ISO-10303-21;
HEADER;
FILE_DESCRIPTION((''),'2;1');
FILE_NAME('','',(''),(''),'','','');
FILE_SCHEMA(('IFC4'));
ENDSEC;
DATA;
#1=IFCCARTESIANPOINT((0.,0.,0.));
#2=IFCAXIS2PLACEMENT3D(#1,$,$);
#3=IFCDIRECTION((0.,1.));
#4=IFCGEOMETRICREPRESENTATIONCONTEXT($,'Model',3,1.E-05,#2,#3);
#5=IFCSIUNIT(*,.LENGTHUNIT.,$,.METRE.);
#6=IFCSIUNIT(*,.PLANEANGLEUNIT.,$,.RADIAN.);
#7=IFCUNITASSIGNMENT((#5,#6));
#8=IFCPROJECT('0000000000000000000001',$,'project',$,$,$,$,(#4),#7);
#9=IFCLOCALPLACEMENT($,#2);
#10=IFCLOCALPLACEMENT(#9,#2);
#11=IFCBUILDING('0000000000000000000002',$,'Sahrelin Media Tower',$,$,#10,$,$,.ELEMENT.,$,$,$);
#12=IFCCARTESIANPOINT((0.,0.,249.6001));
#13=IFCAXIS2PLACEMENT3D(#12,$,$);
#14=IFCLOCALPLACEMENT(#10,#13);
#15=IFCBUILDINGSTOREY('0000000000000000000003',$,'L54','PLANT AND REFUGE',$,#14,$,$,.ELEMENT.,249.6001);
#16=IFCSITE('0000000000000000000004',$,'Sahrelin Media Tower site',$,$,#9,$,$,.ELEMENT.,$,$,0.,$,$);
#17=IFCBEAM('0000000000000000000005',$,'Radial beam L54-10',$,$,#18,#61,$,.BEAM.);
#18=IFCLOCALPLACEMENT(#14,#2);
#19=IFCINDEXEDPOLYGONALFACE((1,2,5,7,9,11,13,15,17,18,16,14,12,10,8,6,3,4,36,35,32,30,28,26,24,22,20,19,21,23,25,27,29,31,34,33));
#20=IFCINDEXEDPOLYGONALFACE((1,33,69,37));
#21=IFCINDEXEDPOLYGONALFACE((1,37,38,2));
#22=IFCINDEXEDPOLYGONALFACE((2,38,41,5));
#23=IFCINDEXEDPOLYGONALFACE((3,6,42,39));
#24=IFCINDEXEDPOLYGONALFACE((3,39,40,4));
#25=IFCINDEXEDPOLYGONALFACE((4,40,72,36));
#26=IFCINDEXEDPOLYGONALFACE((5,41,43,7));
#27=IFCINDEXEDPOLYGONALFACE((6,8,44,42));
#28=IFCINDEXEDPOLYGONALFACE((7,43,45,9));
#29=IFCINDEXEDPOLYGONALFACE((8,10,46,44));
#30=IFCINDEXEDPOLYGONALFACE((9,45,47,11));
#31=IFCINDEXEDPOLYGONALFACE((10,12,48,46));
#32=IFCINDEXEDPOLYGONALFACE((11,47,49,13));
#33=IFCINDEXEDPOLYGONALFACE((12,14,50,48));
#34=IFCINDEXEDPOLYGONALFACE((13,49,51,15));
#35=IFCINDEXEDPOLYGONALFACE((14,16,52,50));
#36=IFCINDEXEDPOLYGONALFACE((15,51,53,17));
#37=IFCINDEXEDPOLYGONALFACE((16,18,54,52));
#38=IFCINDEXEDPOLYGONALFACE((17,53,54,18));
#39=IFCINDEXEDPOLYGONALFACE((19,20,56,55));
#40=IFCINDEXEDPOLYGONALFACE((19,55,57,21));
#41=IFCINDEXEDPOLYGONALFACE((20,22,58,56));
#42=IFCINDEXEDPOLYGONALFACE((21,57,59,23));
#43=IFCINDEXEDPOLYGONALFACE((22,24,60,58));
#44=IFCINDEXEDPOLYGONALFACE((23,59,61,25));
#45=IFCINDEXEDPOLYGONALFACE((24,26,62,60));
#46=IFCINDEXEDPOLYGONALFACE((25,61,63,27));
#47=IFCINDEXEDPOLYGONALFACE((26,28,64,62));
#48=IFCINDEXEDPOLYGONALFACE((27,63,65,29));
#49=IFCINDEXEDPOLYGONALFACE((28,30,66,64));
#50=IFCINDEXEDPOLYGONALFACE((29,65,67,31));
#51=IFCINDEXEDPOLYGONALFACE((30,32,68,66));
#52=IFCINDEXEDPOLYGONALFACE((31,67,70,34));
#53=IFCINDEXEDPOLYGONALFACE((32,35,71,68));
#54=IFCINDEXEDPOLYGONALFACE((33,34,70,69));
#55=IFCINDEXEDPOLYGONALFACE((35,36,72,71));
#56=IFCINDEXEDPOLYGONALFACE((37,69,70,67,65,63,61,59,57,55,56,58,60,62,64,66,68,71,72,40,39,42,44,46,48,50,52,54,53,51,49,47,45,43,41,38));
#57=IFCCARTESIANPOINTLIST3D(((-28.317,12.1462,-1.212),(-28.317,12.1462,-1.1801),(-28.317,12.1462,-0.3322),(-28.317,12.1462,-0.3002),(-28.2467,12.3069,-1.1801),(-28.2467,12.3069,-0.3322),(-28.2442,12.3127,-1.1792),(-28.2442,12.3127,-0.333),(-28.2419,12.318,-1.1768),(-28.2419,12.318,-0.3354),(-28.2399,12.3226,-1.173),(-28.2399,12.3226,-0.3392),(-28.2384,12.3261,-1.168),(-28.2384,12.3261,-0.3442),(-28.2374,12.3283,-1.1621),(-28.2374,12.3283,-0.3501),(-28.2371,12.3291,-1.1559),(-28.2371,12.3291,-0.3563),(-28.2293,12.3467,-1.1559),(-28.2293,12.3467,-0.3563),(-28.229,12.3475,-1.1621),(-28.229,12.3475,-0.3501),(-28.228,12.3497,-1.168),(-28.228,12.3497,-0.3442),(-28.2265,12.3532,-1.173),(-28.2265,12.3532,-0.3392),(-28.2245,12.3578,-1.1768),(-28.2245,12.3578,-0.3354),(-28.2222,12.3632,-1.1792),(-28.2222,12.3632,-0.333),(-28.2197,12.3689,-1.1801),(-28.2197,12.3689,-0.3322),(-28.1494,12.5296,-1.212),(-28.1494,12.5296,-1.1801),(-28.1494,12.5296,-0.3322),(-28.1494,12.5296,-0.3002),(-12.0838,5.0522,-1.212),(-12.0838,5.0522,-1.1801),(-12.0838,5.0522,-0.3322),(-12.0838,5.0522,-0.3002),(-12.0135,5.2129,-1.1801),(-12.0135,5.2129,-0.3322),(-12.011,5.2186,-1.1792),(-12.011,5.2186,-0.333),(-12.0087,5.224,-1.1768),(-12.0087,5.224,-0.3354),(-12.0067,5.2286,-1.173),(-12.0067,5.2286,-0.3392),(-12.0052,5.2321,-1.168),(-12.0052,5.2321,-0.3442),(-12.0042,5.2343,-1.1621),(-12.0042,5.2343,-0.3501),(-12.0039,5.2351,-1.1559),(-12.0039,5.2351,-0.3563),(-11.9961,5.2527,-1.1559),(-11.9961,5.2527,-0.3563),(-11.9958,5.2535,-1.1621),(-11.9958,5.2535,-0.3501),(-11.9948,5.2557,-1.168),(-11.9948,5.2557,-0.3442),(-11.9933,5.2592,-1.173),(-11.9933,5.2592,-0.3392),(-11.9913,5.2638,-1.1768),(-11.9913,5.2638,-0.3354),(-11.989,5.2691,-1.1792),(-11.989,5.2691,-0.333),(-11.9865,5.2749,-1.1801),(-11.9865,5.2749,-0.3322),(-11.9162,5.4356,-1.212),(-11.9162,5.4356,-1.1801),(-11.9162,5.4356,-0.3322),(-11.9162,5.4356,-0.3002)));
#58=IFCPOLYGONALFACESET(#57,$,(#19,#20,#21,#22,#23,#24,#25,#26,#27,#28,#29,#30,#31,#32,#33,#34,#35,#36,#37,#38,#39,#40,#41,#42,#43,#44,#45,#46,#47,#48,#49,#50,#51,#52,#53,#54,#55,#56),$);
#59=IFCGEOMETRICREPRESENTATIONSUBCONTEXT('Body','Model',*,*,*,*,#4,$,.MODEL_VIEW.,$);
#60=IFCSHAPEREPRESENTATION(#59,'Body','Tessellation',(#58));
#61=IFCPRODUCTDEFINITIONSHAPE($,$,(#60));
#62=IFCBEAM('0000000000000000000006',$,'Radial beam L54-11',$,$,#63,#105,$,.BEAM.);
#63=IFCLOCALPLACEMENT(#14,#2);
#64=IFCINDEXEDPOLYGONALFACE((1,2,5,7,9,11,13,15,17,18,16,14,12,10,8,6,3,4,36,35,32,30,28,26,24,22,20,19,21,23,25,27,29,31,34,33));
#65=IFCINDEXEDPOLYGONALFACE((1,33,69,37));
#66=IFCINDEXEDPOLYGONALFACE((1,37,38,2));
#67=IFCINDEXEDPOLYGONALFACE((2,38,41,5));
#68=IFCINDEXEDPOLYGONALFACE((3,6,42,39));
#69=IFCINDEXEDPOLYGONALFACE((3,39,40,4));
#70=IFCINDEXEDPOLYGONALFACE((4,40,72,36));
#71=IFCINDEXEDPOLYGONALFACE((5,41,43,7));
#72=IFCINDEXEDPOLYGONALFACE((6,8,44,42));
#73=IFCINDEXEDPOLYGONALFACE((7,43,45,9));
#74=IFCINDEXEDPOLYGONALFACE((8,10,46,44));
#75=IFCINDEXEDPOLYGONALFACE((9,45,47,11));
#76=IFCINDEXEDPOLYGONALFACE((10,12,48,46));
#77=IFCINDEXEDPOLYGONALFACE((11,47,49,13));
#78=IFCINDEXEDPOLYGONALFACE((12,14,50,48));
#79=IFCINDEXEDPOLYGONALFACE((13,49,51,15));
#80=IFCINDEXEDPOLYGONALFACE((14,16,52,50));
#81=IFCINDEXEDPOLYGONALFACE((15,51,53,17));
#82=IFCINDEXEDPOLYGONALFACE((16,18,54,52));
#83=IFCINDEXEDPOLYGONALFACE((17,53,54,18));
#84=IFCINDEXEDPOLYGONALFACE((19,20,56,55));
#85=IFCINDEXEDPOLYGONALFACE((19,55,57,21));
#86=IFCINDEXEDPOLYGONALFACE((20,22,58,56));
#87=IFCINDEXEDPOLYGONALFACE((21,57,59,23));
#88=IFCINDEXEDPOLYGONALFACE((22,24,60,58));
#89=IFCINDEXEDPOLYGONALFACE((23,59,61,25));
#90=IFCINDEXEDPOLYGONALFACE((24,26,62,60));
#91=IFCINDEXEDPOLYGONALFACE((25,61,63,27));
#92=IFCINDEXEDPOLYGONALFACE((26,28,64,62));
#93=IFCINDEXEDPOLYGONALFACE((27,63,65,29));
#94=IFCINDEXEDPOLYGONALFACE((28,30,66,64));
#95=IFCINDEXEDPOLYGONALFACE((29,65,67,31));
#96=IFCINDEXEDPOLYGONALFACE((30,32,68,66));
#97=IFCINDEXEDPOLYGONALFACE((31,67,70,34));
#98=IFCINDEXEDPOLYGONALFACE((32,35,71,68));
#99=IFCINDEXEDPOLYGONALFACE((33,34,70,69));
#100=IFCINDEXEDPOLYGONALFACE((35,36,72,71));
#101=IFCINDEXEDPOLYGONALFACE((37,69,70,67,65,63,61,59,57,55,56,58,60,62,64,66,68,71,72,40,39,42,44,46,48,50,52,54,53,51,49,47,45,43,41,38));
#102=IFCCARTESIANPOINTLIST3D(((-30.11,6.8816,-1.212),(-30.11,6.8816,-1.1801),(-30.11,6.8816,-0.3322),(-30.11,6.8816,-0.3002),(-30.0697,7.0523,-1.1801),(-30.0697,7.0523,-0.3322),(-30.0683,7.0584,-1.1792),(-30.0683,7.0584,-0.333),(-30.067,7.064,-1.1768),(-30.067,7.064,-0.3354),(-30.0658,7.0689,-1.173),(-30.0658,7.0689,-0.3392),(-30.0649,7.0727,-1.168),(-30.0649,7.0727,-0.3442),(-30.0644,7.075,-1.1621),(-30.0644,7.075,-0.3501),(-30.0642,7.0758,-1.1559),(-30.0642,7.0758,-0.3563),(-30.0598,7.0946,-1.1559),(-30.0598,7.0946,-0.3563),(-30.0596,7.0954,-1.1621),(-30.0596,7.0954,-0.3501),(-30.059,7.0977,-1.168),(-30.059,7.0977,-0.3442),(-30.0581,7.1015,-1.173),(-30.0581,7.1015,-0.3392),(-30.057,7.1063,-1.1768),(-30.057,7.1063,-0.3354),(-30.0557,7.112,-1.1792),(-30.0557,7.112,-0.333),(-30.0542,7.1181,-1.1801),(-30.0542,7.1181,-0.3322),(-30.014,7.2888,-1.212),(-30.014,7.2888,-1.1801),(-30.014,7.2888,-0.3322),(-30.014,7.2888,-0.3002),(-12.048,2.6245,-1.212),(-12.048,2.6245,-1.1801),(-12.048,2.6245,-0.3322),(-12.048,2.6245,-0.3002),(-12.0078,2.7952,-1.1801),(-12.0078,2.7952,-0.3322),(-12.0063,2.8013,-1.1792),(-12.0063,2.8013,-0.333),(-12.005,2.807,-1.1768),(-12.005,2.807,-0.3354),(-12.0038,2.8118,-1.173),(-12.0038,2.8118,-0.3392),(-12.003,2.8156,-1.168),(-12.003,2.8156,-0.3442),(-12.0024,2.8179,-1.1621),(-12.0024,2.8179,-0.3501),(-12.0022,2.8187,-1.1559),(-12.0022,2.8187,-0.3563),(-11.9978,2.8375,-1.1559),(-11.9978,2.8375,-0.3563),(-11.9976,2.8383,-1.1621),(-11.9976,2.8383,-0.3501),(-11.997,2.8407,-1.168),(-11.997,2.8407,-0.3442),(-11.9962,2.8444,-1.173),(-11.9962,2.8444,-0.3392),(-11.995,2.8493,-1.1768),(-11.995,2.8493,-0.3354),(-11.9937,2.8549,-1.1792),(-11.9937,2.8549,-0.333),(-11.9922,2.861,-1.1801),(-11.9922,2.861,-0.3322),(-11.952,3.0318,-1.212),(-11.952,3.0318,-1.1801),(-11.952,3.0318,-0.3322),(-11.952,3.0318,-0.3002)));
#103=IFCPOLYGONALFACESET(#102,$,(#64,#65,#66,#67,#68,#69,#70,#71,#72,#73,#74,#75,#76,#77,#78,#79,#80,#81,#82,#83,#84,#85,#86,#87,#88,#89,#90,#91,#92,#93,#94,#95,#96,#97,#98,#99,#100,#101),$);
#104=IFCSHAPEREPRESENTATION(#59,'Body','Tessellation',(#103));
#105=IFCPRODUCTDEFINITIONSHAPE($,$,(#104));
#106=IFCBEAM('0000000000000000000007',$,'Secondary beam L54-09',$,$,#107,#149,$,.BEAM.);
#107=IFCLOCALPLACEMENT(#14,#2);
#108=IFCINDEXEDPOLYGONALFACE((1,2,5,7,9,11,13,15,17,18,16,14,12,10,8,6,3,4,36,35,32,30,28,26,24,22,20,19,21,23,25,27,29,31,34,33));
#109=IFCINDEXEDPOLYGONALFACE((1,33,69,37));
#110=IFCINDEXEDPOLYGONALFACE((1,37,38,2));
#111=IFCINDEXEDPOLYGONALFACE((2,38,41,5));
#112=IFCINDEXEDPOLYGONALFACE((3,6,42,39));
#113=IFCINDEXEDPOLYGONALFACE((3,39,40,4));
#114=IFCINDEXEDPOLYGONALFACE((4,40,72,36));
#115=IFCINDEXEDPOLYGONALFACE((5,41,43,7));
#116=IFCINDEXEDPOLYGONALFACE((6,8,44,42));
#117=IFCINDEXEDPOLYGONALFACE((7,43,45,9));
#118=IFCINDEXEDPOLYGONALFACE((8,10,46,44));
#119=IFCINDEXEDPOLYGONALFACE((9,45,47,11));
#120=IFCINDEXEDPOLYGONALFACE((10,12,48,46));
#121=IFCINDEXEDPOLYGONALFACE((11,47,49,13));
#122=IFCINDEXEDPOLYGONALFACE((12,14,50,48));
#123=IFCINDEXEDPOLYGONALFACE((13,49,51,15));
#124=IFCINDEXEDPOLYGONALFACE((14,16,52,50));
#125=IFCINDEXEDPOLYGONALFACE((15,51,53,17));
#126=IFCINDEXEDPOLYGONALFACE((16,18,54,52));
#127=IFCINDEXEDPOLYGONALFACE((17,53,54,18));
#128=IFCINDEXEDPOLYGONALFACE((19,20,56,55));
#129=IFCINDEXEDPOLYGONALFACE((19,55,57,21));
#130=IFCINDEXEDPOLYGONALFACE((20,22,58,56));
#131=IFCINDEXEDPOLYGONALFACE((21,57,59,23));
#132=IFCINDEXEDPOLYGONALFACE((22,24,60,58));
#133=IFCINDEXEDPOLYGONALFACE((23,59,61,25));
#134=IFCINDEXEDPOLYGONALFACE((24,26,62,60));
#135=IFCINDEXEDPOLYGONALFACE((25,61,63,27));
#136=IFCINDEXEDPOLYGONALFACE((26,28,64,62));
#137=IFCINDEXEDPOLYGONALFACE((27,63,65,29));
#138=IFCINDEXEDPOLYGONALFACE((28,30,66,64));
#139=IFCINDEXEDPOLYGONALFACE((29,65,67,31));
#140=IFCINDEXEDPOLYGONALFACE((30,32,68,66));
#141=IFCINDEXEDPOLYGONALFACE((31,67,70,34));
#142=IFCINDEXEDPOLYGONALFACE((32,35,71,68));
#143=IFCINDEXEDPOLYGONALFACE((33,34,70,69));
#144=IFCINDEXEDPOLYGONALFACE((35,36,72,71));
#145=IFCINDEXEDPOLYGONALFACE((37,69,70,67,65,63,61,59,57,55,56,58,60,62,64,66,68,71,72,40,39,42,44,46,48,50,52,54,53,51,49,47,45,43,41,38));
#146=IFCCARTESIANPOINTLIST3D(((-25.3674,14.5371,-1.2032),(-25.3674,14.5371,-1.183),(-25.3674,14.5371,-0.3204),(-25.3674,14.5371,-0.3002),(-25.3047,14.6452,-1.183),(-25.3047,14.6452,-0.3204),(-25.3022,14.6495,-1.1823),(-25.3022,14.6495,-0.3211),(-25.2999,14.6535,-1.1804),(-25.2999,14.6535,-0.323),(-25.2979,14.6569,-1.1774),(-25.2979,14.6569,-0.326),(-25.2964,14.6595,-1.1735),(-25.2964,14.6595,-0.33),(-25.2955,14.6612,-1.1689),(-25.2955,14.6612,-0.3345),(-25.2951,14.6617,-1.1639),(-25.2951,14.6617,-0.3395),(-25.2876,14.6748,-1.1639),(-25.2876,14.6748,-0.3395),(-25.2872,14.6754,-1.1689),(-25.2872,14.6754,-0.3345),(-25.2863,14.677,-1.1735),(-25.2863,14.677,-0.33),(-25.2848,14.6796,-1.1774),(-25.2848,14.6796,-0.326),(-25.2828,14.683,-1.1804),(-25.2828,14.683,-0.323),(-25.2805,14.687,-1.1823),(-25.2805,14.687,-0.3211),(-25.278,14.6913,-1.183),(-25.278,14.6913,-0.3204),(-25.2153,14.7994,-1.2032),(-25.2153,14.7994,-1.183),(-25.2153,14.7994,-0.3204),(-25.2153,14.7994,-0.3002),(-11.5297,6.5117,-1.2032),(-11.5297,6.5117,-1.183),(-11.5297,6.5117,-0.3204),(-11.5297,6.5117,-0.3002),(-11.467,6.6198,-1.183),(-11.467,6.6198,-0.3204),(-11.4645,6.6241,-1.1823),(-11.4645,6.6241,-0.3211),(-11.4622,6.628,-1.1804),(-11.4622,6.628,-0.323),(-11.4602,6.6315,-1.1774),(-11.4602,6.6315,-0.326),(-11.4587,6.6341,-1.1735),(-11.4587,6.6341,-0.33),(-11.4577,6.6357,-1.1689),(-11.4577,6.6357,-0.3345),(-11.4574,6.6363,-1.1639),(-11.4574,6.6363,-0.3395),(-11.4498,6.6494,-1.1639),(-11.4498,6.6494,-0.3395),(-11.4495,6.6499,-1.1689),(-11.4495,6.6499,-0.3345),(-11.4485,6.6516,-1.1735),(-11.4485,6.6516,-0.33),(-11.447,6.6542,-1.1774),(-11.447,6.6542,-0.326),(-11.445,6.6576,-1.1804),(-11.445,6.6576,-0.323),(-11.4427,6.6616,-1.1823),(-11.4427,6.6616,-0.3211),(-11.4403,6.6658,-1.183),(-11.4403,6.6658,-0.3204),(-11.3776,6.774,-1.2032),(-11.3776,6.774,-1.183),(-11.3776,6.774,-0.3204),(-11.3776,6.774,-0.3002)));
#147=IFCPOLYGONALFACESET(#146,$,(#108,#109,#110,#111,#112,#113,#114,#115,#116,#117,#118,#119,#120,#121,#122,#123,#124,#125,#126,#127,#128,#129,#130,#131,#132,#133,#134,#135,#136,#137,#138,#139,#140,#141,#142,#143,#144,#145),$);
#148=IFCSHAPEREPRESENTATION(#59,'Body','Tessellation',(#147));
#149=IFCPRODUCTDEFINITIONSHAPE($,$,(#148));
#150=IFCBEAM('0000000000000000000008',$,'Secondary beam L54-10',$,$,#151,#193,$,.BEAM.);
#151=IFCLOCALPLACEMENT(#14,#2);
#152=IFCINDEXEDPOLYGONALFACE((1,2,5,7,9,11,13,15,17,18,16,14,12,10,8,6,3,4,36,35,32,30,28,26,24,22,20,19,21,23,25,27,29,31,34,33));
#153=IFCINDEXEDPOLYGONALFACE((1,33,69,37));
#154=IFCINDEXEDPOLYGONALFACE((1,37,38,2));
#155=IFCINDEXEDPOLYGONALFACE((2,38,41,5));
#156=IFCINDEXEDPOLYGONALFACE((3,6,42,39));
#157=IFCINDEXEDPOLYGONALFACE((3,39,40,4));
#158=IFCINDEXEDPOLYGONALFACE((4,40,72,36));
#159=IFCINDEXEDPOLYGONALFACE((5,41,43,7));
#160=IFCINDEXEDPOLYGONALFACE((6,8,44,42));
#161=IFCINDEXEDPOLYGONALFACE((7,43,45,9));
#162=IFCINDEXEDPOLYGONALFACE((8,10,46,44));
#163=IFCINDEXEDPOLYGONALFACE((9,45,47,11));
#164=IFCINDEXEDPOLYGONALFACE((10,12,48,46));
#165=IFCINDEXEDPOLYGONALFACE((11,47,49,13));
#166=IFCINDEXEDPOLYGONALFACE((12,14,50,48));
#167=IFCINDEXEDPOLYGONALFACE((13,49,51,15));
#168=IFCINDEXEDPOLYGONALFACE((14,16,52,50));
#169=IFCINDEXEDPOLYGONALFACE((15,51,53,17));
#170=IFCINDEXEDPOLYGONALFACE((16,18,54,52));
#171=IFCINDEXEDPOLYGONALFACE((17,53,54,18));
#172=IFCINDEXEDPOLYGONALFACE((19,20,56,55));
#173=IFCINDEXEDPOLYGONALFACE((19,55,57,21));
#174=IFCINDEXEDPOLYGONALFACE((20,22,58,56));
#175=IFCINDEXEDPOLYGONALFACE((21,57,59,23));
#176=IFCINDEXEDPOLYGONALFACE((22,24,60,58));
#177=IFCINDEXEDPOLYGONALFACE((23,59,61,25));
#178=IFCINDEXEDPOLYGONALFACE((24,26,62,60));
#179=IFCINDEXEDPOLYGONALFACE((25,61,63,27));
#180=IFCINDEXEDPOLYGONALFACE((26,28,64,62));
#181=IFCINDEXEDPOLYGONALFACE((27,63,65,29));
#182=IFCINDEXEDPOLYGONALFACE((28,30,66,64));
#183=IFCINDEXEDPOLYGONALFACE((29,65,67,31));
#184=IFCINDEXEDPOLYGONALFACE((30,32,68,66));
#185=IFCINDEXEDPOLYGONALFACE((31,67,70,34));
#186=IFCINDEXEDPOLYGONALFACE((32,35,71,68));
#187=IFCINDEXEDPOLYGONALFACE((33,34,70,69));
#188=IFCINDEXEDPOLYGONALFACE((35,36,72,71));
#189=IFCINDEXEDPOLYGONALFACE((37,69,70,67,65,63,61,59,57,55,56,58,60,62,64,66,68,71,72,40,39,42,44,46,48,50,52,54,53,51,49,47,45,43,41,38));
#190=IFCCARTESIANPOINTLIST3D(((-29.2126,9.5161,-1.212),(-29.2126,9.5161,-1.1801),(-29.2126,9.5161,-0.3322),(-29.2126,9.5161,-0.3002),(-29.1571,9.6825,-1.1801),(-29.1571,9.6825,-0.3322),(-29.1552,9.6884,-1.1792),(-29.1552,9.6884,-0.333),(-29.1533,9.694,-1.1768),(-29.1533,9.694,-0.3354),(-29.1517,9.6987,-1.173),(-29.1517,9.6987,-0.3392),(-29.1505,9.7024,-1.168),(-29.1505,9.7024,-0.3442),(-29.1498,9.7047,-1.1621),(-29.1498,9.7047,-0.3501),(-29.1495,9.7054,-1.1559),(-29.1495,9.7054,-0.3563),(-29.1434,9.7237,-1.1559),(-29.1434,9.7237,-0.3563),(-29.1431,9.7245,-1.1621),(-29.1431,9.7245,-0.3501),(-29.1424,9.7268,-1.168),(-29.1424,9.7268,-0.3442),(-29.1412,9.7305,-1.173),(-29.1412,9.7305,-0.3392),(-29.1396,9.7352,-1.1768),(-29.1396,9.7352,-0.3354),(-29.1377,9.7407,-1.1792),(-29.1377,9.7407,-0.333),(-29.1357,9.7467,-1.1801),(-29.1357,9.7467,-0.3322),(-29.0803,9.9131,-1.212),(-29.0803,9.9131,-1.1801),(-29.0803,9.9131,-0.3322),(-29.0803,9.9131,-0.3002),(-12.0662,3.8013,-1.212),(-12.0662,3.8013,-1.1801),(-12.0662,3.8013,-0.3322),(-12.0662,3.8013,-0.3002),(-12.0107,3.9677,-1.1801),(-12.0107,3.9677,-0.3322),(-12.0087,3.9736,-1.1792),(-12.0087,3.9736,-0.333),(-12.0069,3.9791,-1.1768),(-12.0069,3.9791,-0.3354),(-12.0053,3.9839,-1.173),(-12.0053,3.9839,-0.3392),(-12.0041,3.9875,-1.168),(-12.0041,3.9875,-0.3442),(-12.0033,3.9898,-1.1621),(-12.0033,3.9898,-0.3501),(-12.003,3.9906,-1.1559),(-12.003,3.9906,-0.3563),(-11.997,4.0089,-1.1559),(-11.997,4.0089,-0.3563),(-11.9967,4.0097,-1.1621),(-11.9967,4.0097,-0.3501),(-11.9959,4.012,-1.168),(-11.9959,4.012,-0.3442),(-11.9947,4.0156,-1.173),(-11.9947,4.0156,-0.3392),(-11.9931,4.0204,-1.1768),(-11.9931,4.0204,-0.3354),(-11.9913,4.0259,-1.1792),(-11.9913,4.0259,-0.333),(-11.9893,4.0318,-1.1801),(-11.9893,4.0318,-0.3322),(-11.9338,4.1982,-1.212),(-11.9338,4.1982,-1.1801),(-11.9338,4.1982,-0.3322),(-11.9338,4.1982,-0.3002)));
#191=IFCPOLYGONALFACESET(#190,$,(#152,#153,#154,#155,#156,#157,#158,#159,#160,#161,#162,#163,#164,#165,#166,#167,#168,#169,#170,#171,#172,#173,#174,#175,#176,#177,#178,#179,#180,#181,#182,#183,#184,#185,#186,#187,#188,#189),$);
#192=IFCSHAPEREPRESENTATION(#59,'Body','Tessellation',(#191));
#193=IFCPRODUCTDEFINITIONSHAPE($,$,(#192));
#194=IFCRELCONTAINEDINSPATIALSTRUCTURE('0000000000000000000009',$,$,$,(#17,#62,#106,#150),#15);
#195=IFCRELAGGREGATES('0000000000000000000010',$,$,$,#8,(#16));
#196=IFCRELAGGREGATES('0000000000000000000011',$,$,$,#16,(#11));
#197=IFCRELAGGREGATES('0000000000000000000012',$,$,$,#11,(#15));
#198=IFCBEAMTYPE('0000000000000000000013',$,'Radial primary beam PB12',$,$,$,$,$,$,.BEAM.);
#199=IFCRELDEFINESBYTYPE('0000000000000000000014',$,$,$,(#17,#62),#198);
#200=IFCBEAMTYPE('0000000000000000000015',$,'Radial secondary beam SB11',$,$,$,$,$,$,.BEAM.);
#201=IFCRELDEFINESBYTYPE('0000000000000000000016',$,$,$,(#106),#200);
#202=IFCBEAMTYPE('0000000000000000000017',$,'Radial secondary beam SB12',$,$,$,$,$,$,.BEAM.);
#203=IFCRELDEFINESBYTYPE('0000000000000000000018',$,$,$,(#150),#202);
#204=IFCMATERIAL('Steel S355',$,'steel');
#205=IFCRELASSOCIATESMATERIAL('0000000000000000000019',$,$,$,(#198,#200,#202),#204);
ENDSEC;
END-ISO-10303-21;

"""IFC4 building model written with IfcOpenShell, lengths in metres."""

from ifc_helpers import new_model, si_unit, direction, frame, origin, origin_2d, place, context, subcontext, project, spatial, i_section, extrude, material, material_profile, profile_set, type_object, element, save


model = new_model("IFC4")

# Units and contexts
model_context = context("Model", 3, precision=1e-05, world=origin(), true_north=direction((0.0, 1.0)))
body_context = subcontext(model_context, "Body", "Model", "MODEL_VIEW")
ifc_project = project(units=[si_unit("LENGTHUNIT", "METRE"), si_unit("PLANEANGLEUNIT", "RADIAN")], contexts=[model_context])

# Site, building, storey
site_placement = place(None, origin())
site = spatial("IfcSite", under=ifc_project, at=site_placement, Name="Sahrelin Media Tower site", CompositionType="ELEMENT", RefElevation=0.0)
building_placement = place(site_placement, origin())
building = spatial("IfcBuilding", under=site, at=building_placement, Name="Sahrelin Media Tower", CompositionType="ELEMENT")
storey_placement = place(building_placement, frame((0.0, 0.0, 249.6001)))
storey = spatial("IfcBuildingStorey", under=building, at=storey_placement, Name="L54", Description="PLANT AND REFUGE", CompositionType="ELEMENT", Elevation=249.6001)

# Beams
ifc_material_1 = material(Name="Steel S355", Category="steel")
ifc_material_profile_1 = material_profile(ifc_material_1, i_section(OverallWidth=0.4185, OverallDepth=0.9119, WebThickness=0.0193, FlangeThickness=0.032, FilletRadius=0.0242, at=origin_2d()), Name="UB 914x419x343")
ifc_profile_set_1 = profile_set([ifc_material_profile_1], Name="Steel S355")
beam_type_1 = type_object("IfcBeamType", Name="Radial primary beam PB12", PredefinedType="BEAM", material=ifc_profile_set_1)
beam_1_placement = place(storey_placement, frame((-12.0, 5.2439, -0.7561), z_axis=(-0.916323, 0.400439, 0.0), x_axis=(-0.400439, -0.916323, 0.0)))
element("IfcBeam", 1, at=beam_1_placement, inside=storey, type_object=beam_type_1, Name="Radial beam L54-10", PredefinedType="BEAM", context=body_context, shape_type="SweptSolid", body=[
    extrude(i_section(OverallWidth=0.4185, OverallDepth=0.9119, WebThickness=0.0193, FlangeThickness=0.032, FilletRadius=0.0242, at=origin_2d()), origin(), (0.0, 0.0, 1.0), 17.7156),
])
beam_2_placement = place(storey_placement, frame((-12.0, 2.8281, -0.7561), z_axis=(-0.973331, 0.229407, 0.0), x_axis=(-0.229407, -0.973331, 0.0)))
element("IfcBeam", 2, at=beam_2_placement, inside=storey, type_object=beam_type_1, Name="Radial beam L54-11", PredefinedType="BEAM", context=body_context, shape_type="SweptSolid", body=[
    extrude(i_section(OverallWidth=0.4185, OverallDepth=0.9119, WebThickness=0.0193, FlangeThickness=0.032, FilletRadius=0.0242, at=origin_2d()), origin(), (0.0, 0.0, 1.0), 18.5569),
])
ifc_material_profile_2 = material_profile(ifc_material_1, i_section(OverallWidth=0.3032, OverallDepth=0.9031, WebThickness=0.0151, FlangeThickness=0.0203, FilletRadius=0.019, at=origin_2d()), Name="UB 914x305x201")
ifc_profile_set_2 = profile_set([ifc_material_profile_2], Name="Steel S355")
beam_type_2 = type_object("IfcBeamType", Name="Radial secondary beam SB11", PredefinedType="BEAM", material=ifc_profile_set_2)
beam_3_placement = place(storey_placement, frame((-11.4536, 6.6428, -0.7517), z_axis=(-0.865043, 0.501697, 0.0), x_axis=(-0.501697, -0.865043, 0.0)))
element("IfcBeam", 3, at=beam_3_placement, inside=storey, type_object=beam_type_2, Name="Secondary beam L54-09", PredefinedType="BEAM", context=body_context, shape_type="SweptSolid", body=[
    extrude(i_section(OverallWidth=0.3032, OverallDepth=0.9031, WebThickness=0.0151, FlangeThickness=0.0203, FilletRadius=0.019, at=origin_2d()), origin(), (0.0, 0.0, 1.0), 15.9966),
])
ifc_material_profile_3 = material_profile(ifc_material_1, i_section(OverallWidth=0.4185, OverallDepth=0.9119, WebThickness=0.0193, FlangeThickness=0.032, FilletRadius=0.0242, at=origin_2d()), Name="UB 914x419x343")
ifc_profile_set_3 = profile_set([ifc_material_profile_3], Name="Steel S355")
beam_type_3 = type_object("IfcBeamType", Name="Radial secondary beam SB12", PredefinedType="BEAM", material=ifc_profile_set_3)
beam_4_placement = place(storey_placement, frame((-12.0, 3.9998, -0.7561), z_axis=(-0.948694, 0.316195, 0.0), x_axis=(-0.316195, -0.948694, 0.0)))
element("IfcBeam", 4, at=beam_4_placement, inside=storey, type_object=beam_type_3, Name="Secondary beam L54-10", PredefinedType="BEAM", context=body_context, shape_type="SweptSolid", body=[
    extrude(i_section(OverallWidth=0.4185, OverallDepth=0.9119, WebThickness=0.0193, FlangeThickness=0.032, FilletRadius=0.0242, at=origin_2d()), origin(), (0.0, 0.0, 1.0), 18.0737),
])

save(model, "model.ifc")
